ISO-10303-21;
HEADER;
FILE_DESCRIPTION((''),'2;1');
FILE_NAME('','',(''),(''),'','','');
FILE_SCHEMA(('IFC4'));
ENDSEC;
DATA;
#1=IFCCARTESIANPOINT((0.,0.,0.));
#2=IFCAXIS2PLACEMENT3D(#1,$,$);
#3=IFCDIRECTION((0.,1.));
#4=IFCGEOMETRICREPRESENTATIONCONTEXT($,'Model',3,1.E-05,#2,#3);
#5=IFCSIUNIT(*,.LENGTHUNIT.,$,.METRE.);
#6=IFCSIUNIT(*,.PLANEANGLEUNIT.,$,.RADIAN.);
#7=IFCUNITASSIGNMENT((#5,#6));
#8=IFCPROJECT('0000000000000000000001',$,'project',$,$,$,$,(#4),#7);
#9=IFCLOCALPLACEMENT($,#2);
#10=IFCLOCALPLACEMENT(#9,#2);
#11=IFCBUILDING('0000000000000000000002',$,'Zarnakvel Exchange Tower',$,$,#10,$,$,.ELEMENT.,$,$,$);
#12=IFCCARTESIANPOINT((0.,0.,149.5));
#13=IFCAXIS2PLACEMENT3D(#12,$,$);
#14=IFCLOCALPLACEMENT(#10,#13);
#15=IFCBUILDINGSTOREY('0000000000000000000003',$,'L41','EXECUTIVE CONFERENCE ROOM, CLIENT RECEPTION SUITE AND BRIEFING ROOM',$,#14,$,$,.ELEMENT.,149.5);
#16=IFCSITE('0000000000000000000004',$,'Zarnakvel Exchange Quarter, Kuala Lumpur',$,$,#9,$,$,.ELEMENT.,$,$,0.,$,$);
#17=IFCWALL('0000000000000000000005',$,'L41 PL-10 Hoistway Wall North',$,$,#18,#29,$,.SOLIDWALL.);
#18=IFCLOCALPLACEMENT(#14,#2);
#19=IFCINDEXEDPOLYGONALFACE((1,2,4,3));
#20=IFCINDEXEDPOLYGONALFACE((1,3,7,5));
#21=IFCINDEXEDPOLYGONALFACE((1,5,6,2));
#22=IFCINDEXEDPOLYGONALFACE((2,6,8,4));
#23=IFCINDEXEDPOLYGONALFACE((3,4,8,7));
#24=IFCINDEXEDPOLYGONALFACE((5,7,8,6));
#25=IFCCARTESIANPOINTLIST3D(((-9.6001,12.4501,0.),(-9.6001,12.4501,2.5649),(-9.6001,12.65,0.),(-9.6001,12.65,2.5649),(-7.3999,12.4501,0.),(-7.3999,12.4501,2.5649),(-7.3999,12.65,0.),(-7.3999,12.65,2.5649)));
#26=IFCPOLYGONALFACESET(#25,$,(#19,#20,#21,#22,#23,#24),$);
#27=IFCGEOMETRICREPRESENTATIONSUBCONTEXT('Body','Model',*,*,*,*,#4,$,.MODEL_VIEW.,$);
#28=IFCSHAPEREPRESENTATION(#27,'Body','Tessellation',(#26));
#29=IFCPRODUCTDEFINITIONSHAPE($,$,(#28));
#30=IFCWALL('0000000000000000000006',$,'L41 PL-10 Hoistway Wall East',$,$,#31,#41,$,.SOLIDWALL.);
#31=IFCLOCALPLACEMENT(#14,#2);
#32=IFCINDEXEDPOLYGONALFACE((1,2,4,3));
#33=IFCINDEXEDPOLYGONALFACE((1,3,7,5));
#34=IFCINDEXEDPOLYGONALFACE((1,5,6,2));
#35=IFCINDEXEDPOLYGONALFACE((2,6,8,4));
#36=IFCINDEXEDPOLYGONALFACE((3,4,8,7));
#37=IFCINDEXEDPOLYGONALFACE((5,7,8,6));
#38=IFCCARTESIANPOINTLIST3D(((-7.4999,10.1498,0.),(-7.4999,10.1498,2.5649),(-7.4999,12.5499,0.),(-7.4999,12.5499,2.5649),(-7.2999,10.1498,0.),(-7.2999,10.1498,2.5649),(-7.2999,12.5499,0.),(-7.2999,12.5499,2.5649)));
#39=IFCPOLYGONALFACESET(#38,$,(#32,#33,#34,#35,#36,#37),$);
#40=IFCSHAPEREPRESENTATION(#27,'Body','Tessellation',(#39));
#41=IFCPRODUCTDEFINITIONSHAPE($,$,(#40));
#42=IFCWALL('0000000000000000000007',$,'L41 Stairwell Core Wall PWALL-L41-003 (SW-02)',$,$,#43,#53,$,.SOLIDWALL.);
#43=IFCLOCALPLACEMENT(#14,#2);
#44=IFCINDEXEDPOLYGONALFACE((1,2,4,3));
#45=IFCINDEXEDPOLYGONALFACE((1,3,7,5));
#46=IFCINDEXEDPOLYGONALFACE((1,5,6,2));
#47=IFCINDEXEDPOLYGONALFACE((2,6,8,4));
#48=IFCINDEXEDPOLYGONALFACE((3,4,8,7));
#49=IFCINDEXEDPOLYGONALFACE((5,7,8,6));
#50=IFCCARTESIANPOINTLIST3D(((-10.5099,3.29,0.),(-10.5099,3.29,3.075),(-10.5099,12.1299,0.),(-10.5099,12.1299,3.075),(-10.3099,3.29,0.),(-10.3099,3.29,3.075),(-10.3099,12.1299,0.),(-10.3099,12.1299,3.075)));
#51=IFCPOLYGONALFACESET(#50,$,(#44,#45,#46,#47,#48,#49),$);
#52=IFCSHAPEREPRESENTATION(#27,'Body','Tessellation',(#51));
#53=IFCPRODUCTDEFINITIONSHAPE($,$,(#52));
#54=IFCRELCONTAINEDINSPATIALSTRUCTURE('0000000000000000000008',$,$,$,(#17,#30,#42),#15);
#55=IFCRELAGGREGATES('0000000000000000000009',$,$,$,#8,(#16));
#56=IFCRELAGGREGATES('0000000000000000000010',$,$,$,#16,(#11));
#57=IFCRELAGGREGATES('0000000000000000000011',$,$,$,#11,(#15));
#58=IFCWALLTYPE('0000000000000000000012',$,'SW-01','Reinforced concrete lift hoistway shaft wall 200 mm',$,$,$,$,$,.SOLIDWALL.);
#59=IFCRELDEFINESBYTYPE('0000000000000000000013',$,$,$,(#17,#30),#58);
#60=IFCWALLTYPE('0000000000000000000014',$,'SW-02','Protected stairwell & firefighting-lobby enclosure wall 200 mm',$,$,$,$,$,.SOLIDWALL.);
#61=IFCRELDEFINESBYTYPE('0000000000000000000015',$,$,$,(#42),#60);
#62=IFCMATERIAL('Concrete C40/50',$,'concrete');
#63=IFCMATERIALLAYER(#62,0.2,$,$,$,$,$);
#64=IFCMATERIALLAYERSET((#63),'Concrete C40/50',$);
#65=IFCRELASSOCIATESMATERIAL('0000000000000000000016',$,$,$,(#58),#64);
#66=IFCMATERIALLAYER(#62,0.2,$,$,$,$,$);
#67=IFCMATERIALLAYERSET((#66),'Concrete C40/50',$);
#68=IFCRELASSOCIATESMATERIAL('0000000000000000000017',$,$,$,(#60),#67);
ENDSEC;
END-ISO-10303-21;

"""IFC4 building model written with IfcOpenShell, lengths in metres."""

from ifc_helpers import new_model, si_unit, direction, frame, frame_2d, origin, place, context, subcontext, project, spatial, rectangle, extrude, material, layer, layer_set, type_object, element, save


model = new_model("IFC4")

# Units and contexts
model_context = context("Model", 3, precision=1e-05, world=origin(), true_north=direction((0.0, 1.0)))
body_context = subcontext(model_context, "Body", "Model", "MODEL_VIEW")
ifc_project = project(units=[si_unit("LENGTHUNIT", "METRE"), si_unit("PLANEANGLEUNIT", "RADIAN")], contexts=[model_context])

# Site, building, storey
site_placement = place(None, origin())
site = spatial("IfcSite", under=ifc_project, at=site_placement, Name="Zarnakvel Exchange Quarter, Kuala Lumpur", CompositionType="ELEMENT", RefElevation=0.0)
building_placement = place(site_placement, origin())
building = spatial("IfcBuilding", under=site, at=building_placement, Name="Zarnakvel Exchange Tower", CompositionType="ELEMENT")
storey_placement = place(building_placement, frame((0.0, 0.0, 149.5)))
storey = spatial("IfcBuildingStorey", under=building, at=storey_placement, Name="L41", Description="EXECUTIVE CONFERENCE ROOM, CLIENT RECEPTION SUITE AND BRIEFING ROOM", CompositionType="ELEMENT", Elevation=149.5)

# Walls
ifc_material_1 = material(Name="Concrete C40/50", Category="concrete")
ifc_layer_1 = layer(ifc_material_1, 0.2)
ifc_layer_set_1 = layer_set([ifc_layer_1], Name="Concrete C40/50")
wall_type_1 = type_object("IfcWallType", Name="SW-01", Description="Reinforced concrete lift hoistway shaft wall 200 mm", PredefinedType="SOLIDWALL", material=ifc_layer_set_1)
for number, where, z_axis, x_axis, name in (
    (1, (-9.6001, 12.55, 0.0), (0.0, 0.0, 1.0), (1.0, 0.0, 0.0), "L41 PL-10 Hoistway Wall North"),
):
    element("IfcWall", number, at=place(storey_placement, frame(where, z_axis=z_axis, x_axis=x_axis)), inside=storey, type_object=wall_type_1, Name=name, PredefinedType="SOLIDWALL", context=body_context, shape_type="SweptSolid", body=[
        extrude(rectangle(XDim=2.2002, YDim=0.2, at=frame_2d((1.1001, 0.0))), origin(), (0.0, 0.0, 1.0), 2.5649),
    ])
wall_1_placement = place(storey_placement, frame((-7.3999, 12.55, 0.0), z_axis=(0.0, 0.0, 1.0), x_axis=(0.0, -1.0, 0.0)))
element("IfcWall", 2, at=wall_1_placement, inside=storey, type_object=wall_type_1, Name="L41 PL-10 Hoistway Wall East", PredefinedType="SOLIDWALL", context=body_context, shape_type="SweptSolid", body=[
    extrude(rectangle(XDim=2.4001, YDim=0.2, at=frame_2d((1.2002, 0.0))), origin(), (0.0, 0.0, 1.0), 2.5649),
])
ifc_layer_2 = layer(ifc_material_1, 0.2)
ifc_layer_set_2 = layer_set([ifc_layer_2], Name="Concrete C40/50")
wall_type_2 = type_object("IfcWallType", Name="SW-02", Description="Protected stairwell & firefighting-lobby enclosure wall 200 mm", PredefinedType="SOLIDWALL", material=ifc_layer_set_2)
wall_2_placement = place(storey_placement, frame((-10.4099, 12.1299, 0.0), z_axis=(0.0, 0.0, 1.0), x_axis=(0.0, -1.0, 0.0)))
element("IfcWall", 3, at=wall_2_placement, inside=storey, type_object=wall_type_2, Name="L41 Stairwell Core Wall PWALL-L41-003 (SW-02)", PredefinedType="SOLIDWALL", context=body_context, shape_type="SweptSolid", body=[
    extrude(rectangle(XDim=8.8398, YDim=0.2, at=frame_2d((4.4199, 0.0))), origin(), (0.0, 0.0, 1.0), 3.075),
])

save(model, "model.ifc")
